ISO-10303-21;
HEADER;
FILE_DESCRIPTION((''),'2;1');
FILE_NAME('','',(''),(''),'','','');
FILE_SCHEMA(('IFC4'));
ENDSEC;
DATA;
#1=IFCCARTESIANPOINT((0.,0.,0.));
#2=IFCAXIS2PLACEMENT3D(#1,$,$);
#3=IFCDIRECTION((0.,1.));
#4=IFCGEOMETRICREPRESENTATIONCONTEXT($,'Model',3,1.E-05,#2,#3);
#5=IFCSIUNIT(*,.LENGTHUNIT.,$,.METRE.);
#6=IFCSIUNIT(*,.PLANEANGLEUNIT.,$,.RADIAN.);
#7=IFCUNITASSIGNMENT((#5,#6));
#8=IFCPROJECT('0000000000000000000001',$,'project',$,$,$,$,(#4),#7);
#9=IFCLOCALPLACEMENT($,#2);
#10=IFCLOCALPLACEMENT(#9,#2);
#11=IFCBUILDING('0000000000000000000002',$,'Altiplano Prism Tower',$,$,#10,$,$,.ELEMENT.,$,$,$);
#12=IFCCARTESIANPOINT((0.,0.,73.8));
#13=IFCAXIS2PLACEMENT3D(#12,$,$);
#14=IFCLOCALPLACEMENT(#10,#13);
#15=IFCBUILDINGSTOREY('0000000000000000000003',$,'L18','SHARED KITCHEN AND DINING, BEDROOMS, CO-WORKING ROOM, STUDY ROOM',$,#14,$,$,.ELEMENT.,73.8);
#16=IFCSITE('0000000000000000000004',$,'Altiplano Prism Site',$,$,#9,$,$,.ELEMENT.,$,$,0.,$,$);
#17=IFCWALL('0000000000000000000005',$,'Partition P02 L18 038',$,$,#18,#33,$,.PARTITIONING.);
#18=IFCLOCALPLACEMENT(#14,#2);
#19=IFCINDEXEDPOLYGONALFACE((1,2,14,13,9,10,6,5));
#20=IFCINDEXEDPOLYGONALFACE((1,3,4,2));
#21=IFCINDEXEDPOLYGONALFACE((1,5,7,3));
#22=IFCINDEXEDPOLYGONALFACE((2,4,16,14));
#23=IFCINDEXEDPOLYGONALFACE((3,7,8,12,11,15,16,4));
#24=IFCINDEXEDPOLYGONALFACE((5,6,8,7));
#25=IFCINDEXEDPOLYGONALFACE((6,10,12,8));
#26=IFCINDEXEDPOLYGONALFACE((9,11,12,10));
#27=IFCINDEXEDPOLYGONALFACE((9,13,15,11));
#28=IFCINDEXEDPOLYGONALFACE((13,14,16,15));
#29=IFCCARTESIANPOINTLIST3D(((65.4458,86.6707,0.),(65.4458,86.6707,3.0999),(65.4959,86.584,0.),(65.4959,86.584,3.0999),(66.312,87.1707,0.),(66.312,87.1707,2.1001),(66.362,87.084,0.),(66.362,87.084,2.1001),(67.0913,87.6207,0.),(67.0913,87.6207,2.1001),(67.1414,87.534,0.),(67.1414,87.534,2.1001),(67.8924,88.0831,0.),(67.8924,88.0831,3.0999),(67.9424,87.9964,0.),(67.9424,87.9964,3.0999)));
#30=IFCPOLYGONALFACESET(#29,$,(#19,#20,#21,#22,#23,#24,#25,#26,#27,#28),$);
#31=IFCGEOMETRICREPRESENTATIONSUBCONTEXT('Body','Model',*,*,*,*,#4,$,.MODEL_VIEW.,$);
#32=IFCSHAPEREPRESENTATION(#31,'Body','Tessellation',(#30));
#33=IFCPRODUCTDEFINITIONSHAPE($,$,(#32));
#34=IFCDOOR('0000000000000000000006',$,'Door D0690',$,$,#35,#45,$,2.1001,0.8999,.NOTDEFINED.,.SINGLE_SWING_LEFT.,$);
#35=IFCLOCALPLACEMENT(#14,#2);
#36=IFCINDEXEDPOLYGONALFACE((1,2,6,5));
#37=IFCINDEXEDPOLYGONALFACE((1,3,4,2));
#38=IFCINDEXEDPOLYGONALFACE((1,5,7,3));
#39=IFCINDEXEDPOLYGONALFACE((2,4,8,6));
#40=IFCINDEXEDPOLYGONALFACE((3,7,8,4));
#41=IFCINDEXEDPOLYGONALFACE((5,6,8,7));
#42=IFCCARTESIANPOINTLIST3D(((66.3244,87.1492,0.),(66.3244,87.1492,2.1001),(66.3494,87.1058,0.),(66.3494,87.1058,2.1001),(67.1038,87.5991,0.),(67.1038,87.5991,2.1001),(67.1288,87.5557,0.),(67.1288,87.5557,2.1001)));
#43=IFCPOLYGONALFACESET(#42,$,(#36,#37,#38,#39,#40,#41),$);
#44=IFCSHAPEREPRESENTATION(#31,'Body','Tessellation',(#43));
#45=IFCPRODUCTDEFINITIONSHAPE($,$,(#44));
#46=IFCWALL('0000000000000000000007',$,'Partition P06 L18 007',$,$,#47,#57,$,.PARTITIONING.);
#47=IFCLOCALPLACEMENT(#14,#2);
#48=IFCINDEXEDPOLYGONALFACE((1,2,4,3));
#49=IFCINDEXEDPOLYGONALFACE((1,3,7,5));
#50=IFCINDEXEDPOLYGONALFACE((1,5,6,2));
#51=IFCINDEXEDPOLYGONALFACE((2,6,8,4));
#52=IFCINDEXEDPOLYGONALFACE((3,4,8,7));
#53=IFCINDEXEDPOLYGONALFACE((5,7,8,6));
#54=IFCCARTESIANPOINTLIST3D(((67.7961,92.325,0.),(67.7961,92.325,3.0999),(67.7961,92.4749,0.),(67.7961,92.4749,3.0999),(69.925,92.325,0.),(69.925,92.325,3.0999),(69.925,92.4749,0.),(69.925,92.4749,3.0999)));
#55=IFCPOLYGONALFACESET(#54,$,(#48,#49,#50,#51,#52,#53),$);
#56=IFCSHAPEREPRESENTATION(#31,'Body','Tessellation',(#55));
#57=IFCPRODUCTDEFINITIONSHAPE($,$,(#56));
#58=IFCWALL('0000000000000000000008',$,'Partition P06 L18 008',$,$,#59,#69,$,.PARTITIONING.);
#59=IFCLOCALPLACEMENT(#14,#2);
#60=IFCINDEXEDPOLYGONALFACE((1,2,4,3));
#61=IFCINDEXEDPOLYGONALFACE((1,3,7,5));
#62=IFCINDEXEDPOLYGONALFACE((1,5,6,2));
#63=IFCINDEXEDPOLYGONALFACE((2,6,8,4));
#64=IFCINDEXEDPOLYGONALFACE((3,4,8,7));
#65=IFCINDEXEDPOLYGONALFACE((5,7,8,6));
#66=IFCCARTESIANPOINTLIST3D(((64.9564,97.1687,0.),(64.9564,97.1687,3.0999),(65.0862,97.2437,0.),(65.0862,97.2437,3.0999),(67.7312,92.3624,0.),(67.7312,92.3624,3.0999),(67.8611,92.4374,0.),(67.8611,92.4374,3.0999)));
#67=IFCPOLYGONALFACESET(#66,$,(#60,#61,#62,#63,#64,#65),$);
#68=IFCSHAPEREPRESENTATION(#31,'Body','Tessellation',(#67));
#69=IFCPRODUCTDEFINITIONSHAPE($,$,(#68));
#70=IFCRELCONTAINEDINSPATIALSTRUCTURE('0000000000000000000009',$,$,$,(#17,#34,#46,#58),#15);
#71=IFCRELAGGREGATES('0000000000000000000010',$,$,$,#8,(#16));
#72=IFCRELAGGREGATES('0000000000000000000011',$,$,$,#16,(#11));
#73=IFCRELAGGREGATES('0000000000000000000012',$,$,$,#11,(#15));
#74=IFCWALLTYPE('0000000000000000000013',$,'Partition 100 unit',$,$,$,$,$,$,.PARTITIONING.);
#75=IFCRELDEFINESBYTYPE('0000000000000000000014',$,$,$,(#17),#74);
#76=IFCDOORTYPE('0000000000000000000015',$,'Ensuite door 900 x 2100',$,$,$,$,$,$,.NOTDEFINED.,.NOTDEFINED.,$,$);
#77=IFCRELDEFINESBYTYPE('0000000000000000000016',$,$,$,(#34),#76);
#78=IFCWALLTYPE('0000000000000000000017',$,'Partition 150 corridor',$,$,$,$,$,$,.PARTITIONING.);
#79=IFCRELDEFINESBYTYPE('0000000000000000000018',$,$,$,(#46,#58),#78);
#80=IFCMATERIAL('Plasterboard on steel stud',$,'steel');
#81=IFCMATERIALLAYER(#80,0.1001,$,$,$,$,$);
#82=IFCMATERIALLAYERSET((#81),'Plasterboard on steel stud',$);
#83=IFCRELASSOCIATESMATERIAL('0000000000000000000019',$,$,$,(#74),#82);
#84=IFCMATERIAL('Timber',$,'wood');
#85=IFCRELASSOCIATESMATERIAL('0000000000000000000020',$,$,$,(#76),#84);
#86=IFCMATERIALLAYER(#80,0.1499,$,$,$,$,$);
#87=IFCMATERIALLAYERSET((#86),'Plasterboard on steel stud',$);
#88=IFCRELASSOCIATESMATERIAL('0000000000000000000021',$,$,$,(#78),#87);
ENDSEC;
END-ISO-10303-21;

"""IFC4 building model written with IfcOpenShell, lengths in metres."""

from ifc_helpers import new_model, si_unit, direction, frame, frame_2d, origin, place, context, subcontext, project, spatial, rectangle, extrude, material, layer, layer_set, type_object, element, fill, save


model = new_model("IFC4")

# Units and contexts
model_context = context("Model", 3, precision=1e-05, world=origin(), true_north=direction((0.0, 1.0)))
body_context = subcontext(model_context, "Body", "Model", "MODEL_VIEW")
ifc_project = project(units=[si_unit("LENGTHUNIT", "METRE"), si_unit("PLANEANGLEUNIT", "RADIAN")], contexts=[model_context])

# Site, building, storey
site_placement = place(None, origin())
site = spatial("IfcSite", under=ifc_project, at=site_placement, Name="Altiplano Prism Site", CompositionType="ELEMENT", RefElevation=0.0)
building_placement = place(site_placement, origin())
building = spatial("IfcBuilding", under=site, at=building_placement, Name="Altiplano Prism Tower", CompositionType="ELEMENT")
storey_placement = place(building_placement, frame((0.0, 0.0, 73.8)))
storey = spatial("IfcBuildingStorey", under=building, at=storey_placement, Name="L18", Description="SHARED KITCHEN AND DINING, BEDROOMS, CO-WORKING ROOM, STUDY ROOM", CompositionType="ELEMENT", Elevation=73.8)

# Wall, opening, door
ifc_material_1 = material(Name="Plasterboard on steel stud", Category="steel")
ifc_layer_1 = layer(ifc_material_1, 0.1001)
ifc_layer_set_1 = layer_set([ifc_layer_1], Name="Plasterboard on steel stud")
wall_type_1 = type_object("IfcWallType", Name="Partition 100 unit", PredefinedType="PARTITIONING", material=ifc_layer_set_1)
wall_1_placement = place(storey_placement, frame((67.9175, 88.0398, 0.0), z_axis=(0.0, 0.0, 1.0), x_axis=(-0.866049, -0.499959, 0.0)))
wall_1 = element("IfcWall", 1, at=wall_1_placement, inside=storey, type_object=wall_type_1, Name="Partition P02 L18 038", PredefinedType="PARTITIONING", context=body_context, shape_type="SweptSolid", body=[
    extrude(rectangle(XDim=2.825, YDim=0.1001, at=frame_2d((1.4126, 0.0))), origin(), (0.0, 0.0, 1.0), 3.0999),
])
opening_1_placement = place(wall_1_placement, frame((0.925, 0.0, 0.0)))
opening_1 = element("IfcOpeningElement", 2, at=opening_1_placement, cuts=wall_1, PredefinedType="OPENING", context=body_context, shape_type="SweptSolid", body=[
    extrude(rectangle(XDim=0.8999, YDim=2.1001, at=frame_2d((0.45, 1.05))), frame((0.0, 0.0605, 0.0), z_axis=(0.0, -1.0, 0.0), x_axis=(1.0, 0.0, 0.0)), (0.0, 0.0, 1.0), 0.1211),
])
ifc_material_2 = material(Name="Timber", Category="wood")
door_type_1 = type_object("IfcDoorType", Name="Ensuite door 900 x 2100", OperationType="NOTDEFINED", PredefinedType="NOTDEFINED", material=ifc_material_2)
door_1_placement = place(opening_1_placement, origin())
door_1 = element("IfcDoor", 3, at=door_1_placement, inside=storey, type_object=door_type_1, Name="Door D0690", OperationType="SINGLE_SWING_LEFT", OverallHeight=2.1001, OverallWidth=0.8999, PredefinedType="NOTDEFINED", context=body_context, shape_type="SweptSolid", body=[
    extrude(rectangle(XDim=0.8999, YDim=2.1001, at=frame_2d((0.45, 1.05))), frame((0.0, 0.0249, 0.0), z_axis=(0.0, -1.0, 0.0), x_axis=(1.0, 0.0, 0.0)), (0.0, 0.0, 1.0), 0.05),
])
fill(opening_1, door_1)

# Walls
ifc_layer_2 = layer(ifc_material_1, 0.1499)
ifc_layer_set_2 = layer_set([ifc_layer_2], Name="Plasterboard on steel stud")
wall_type_2 = type_object("IfcWallType", Name="Partition 150 corridor", PredefinedType="PARTITIONING", material=ifc_layer_set_2)
wall_2_placement = place(storey_placement, frame((69.925, 92.3999, 0.0), z_axis=(0.0, 0.0, 1.0), x_axis=(-1.0, 0.0, 0.0)))
element("IfcWall", 4, at=wall_2_placement, inside=storey, type_object=wall_type_2, Name="Partition P06 L18 007", PredefinedType="PARTITIONING", context=body_context, shape_type="SweptSolid", body=[
    extrude(rectangle(XDim=2.1289, YDim=0.1499, at=frame_2d((1.0645, 0.0))), origin(), (0.0, 0.0, 1.0), 3.0999),
])
wall_3_placement = place(storey_placement, frame((67.7961, 92.3999, 0.0), z_axis=(0.0, 0.0, 1.0), x_axis=(-0.49999, 0.866031, 0.0)))
element("IfcWall", 5, at=wall_3_placement, inside=storey, type_object=wall_type_2, Name="Partition P06 L18 008", PredefinedType="PARTITIONING", context=body_context, shape_type="SweptSolid", body=[
    extrude(rectangle(XDim=5.5498, YDim=0.1499, at=frame_2d((2.7749, 0.0))), origin(), (0.0, 0.0, 1.0), 3.0999),
])

save(model, "model.ifc")
